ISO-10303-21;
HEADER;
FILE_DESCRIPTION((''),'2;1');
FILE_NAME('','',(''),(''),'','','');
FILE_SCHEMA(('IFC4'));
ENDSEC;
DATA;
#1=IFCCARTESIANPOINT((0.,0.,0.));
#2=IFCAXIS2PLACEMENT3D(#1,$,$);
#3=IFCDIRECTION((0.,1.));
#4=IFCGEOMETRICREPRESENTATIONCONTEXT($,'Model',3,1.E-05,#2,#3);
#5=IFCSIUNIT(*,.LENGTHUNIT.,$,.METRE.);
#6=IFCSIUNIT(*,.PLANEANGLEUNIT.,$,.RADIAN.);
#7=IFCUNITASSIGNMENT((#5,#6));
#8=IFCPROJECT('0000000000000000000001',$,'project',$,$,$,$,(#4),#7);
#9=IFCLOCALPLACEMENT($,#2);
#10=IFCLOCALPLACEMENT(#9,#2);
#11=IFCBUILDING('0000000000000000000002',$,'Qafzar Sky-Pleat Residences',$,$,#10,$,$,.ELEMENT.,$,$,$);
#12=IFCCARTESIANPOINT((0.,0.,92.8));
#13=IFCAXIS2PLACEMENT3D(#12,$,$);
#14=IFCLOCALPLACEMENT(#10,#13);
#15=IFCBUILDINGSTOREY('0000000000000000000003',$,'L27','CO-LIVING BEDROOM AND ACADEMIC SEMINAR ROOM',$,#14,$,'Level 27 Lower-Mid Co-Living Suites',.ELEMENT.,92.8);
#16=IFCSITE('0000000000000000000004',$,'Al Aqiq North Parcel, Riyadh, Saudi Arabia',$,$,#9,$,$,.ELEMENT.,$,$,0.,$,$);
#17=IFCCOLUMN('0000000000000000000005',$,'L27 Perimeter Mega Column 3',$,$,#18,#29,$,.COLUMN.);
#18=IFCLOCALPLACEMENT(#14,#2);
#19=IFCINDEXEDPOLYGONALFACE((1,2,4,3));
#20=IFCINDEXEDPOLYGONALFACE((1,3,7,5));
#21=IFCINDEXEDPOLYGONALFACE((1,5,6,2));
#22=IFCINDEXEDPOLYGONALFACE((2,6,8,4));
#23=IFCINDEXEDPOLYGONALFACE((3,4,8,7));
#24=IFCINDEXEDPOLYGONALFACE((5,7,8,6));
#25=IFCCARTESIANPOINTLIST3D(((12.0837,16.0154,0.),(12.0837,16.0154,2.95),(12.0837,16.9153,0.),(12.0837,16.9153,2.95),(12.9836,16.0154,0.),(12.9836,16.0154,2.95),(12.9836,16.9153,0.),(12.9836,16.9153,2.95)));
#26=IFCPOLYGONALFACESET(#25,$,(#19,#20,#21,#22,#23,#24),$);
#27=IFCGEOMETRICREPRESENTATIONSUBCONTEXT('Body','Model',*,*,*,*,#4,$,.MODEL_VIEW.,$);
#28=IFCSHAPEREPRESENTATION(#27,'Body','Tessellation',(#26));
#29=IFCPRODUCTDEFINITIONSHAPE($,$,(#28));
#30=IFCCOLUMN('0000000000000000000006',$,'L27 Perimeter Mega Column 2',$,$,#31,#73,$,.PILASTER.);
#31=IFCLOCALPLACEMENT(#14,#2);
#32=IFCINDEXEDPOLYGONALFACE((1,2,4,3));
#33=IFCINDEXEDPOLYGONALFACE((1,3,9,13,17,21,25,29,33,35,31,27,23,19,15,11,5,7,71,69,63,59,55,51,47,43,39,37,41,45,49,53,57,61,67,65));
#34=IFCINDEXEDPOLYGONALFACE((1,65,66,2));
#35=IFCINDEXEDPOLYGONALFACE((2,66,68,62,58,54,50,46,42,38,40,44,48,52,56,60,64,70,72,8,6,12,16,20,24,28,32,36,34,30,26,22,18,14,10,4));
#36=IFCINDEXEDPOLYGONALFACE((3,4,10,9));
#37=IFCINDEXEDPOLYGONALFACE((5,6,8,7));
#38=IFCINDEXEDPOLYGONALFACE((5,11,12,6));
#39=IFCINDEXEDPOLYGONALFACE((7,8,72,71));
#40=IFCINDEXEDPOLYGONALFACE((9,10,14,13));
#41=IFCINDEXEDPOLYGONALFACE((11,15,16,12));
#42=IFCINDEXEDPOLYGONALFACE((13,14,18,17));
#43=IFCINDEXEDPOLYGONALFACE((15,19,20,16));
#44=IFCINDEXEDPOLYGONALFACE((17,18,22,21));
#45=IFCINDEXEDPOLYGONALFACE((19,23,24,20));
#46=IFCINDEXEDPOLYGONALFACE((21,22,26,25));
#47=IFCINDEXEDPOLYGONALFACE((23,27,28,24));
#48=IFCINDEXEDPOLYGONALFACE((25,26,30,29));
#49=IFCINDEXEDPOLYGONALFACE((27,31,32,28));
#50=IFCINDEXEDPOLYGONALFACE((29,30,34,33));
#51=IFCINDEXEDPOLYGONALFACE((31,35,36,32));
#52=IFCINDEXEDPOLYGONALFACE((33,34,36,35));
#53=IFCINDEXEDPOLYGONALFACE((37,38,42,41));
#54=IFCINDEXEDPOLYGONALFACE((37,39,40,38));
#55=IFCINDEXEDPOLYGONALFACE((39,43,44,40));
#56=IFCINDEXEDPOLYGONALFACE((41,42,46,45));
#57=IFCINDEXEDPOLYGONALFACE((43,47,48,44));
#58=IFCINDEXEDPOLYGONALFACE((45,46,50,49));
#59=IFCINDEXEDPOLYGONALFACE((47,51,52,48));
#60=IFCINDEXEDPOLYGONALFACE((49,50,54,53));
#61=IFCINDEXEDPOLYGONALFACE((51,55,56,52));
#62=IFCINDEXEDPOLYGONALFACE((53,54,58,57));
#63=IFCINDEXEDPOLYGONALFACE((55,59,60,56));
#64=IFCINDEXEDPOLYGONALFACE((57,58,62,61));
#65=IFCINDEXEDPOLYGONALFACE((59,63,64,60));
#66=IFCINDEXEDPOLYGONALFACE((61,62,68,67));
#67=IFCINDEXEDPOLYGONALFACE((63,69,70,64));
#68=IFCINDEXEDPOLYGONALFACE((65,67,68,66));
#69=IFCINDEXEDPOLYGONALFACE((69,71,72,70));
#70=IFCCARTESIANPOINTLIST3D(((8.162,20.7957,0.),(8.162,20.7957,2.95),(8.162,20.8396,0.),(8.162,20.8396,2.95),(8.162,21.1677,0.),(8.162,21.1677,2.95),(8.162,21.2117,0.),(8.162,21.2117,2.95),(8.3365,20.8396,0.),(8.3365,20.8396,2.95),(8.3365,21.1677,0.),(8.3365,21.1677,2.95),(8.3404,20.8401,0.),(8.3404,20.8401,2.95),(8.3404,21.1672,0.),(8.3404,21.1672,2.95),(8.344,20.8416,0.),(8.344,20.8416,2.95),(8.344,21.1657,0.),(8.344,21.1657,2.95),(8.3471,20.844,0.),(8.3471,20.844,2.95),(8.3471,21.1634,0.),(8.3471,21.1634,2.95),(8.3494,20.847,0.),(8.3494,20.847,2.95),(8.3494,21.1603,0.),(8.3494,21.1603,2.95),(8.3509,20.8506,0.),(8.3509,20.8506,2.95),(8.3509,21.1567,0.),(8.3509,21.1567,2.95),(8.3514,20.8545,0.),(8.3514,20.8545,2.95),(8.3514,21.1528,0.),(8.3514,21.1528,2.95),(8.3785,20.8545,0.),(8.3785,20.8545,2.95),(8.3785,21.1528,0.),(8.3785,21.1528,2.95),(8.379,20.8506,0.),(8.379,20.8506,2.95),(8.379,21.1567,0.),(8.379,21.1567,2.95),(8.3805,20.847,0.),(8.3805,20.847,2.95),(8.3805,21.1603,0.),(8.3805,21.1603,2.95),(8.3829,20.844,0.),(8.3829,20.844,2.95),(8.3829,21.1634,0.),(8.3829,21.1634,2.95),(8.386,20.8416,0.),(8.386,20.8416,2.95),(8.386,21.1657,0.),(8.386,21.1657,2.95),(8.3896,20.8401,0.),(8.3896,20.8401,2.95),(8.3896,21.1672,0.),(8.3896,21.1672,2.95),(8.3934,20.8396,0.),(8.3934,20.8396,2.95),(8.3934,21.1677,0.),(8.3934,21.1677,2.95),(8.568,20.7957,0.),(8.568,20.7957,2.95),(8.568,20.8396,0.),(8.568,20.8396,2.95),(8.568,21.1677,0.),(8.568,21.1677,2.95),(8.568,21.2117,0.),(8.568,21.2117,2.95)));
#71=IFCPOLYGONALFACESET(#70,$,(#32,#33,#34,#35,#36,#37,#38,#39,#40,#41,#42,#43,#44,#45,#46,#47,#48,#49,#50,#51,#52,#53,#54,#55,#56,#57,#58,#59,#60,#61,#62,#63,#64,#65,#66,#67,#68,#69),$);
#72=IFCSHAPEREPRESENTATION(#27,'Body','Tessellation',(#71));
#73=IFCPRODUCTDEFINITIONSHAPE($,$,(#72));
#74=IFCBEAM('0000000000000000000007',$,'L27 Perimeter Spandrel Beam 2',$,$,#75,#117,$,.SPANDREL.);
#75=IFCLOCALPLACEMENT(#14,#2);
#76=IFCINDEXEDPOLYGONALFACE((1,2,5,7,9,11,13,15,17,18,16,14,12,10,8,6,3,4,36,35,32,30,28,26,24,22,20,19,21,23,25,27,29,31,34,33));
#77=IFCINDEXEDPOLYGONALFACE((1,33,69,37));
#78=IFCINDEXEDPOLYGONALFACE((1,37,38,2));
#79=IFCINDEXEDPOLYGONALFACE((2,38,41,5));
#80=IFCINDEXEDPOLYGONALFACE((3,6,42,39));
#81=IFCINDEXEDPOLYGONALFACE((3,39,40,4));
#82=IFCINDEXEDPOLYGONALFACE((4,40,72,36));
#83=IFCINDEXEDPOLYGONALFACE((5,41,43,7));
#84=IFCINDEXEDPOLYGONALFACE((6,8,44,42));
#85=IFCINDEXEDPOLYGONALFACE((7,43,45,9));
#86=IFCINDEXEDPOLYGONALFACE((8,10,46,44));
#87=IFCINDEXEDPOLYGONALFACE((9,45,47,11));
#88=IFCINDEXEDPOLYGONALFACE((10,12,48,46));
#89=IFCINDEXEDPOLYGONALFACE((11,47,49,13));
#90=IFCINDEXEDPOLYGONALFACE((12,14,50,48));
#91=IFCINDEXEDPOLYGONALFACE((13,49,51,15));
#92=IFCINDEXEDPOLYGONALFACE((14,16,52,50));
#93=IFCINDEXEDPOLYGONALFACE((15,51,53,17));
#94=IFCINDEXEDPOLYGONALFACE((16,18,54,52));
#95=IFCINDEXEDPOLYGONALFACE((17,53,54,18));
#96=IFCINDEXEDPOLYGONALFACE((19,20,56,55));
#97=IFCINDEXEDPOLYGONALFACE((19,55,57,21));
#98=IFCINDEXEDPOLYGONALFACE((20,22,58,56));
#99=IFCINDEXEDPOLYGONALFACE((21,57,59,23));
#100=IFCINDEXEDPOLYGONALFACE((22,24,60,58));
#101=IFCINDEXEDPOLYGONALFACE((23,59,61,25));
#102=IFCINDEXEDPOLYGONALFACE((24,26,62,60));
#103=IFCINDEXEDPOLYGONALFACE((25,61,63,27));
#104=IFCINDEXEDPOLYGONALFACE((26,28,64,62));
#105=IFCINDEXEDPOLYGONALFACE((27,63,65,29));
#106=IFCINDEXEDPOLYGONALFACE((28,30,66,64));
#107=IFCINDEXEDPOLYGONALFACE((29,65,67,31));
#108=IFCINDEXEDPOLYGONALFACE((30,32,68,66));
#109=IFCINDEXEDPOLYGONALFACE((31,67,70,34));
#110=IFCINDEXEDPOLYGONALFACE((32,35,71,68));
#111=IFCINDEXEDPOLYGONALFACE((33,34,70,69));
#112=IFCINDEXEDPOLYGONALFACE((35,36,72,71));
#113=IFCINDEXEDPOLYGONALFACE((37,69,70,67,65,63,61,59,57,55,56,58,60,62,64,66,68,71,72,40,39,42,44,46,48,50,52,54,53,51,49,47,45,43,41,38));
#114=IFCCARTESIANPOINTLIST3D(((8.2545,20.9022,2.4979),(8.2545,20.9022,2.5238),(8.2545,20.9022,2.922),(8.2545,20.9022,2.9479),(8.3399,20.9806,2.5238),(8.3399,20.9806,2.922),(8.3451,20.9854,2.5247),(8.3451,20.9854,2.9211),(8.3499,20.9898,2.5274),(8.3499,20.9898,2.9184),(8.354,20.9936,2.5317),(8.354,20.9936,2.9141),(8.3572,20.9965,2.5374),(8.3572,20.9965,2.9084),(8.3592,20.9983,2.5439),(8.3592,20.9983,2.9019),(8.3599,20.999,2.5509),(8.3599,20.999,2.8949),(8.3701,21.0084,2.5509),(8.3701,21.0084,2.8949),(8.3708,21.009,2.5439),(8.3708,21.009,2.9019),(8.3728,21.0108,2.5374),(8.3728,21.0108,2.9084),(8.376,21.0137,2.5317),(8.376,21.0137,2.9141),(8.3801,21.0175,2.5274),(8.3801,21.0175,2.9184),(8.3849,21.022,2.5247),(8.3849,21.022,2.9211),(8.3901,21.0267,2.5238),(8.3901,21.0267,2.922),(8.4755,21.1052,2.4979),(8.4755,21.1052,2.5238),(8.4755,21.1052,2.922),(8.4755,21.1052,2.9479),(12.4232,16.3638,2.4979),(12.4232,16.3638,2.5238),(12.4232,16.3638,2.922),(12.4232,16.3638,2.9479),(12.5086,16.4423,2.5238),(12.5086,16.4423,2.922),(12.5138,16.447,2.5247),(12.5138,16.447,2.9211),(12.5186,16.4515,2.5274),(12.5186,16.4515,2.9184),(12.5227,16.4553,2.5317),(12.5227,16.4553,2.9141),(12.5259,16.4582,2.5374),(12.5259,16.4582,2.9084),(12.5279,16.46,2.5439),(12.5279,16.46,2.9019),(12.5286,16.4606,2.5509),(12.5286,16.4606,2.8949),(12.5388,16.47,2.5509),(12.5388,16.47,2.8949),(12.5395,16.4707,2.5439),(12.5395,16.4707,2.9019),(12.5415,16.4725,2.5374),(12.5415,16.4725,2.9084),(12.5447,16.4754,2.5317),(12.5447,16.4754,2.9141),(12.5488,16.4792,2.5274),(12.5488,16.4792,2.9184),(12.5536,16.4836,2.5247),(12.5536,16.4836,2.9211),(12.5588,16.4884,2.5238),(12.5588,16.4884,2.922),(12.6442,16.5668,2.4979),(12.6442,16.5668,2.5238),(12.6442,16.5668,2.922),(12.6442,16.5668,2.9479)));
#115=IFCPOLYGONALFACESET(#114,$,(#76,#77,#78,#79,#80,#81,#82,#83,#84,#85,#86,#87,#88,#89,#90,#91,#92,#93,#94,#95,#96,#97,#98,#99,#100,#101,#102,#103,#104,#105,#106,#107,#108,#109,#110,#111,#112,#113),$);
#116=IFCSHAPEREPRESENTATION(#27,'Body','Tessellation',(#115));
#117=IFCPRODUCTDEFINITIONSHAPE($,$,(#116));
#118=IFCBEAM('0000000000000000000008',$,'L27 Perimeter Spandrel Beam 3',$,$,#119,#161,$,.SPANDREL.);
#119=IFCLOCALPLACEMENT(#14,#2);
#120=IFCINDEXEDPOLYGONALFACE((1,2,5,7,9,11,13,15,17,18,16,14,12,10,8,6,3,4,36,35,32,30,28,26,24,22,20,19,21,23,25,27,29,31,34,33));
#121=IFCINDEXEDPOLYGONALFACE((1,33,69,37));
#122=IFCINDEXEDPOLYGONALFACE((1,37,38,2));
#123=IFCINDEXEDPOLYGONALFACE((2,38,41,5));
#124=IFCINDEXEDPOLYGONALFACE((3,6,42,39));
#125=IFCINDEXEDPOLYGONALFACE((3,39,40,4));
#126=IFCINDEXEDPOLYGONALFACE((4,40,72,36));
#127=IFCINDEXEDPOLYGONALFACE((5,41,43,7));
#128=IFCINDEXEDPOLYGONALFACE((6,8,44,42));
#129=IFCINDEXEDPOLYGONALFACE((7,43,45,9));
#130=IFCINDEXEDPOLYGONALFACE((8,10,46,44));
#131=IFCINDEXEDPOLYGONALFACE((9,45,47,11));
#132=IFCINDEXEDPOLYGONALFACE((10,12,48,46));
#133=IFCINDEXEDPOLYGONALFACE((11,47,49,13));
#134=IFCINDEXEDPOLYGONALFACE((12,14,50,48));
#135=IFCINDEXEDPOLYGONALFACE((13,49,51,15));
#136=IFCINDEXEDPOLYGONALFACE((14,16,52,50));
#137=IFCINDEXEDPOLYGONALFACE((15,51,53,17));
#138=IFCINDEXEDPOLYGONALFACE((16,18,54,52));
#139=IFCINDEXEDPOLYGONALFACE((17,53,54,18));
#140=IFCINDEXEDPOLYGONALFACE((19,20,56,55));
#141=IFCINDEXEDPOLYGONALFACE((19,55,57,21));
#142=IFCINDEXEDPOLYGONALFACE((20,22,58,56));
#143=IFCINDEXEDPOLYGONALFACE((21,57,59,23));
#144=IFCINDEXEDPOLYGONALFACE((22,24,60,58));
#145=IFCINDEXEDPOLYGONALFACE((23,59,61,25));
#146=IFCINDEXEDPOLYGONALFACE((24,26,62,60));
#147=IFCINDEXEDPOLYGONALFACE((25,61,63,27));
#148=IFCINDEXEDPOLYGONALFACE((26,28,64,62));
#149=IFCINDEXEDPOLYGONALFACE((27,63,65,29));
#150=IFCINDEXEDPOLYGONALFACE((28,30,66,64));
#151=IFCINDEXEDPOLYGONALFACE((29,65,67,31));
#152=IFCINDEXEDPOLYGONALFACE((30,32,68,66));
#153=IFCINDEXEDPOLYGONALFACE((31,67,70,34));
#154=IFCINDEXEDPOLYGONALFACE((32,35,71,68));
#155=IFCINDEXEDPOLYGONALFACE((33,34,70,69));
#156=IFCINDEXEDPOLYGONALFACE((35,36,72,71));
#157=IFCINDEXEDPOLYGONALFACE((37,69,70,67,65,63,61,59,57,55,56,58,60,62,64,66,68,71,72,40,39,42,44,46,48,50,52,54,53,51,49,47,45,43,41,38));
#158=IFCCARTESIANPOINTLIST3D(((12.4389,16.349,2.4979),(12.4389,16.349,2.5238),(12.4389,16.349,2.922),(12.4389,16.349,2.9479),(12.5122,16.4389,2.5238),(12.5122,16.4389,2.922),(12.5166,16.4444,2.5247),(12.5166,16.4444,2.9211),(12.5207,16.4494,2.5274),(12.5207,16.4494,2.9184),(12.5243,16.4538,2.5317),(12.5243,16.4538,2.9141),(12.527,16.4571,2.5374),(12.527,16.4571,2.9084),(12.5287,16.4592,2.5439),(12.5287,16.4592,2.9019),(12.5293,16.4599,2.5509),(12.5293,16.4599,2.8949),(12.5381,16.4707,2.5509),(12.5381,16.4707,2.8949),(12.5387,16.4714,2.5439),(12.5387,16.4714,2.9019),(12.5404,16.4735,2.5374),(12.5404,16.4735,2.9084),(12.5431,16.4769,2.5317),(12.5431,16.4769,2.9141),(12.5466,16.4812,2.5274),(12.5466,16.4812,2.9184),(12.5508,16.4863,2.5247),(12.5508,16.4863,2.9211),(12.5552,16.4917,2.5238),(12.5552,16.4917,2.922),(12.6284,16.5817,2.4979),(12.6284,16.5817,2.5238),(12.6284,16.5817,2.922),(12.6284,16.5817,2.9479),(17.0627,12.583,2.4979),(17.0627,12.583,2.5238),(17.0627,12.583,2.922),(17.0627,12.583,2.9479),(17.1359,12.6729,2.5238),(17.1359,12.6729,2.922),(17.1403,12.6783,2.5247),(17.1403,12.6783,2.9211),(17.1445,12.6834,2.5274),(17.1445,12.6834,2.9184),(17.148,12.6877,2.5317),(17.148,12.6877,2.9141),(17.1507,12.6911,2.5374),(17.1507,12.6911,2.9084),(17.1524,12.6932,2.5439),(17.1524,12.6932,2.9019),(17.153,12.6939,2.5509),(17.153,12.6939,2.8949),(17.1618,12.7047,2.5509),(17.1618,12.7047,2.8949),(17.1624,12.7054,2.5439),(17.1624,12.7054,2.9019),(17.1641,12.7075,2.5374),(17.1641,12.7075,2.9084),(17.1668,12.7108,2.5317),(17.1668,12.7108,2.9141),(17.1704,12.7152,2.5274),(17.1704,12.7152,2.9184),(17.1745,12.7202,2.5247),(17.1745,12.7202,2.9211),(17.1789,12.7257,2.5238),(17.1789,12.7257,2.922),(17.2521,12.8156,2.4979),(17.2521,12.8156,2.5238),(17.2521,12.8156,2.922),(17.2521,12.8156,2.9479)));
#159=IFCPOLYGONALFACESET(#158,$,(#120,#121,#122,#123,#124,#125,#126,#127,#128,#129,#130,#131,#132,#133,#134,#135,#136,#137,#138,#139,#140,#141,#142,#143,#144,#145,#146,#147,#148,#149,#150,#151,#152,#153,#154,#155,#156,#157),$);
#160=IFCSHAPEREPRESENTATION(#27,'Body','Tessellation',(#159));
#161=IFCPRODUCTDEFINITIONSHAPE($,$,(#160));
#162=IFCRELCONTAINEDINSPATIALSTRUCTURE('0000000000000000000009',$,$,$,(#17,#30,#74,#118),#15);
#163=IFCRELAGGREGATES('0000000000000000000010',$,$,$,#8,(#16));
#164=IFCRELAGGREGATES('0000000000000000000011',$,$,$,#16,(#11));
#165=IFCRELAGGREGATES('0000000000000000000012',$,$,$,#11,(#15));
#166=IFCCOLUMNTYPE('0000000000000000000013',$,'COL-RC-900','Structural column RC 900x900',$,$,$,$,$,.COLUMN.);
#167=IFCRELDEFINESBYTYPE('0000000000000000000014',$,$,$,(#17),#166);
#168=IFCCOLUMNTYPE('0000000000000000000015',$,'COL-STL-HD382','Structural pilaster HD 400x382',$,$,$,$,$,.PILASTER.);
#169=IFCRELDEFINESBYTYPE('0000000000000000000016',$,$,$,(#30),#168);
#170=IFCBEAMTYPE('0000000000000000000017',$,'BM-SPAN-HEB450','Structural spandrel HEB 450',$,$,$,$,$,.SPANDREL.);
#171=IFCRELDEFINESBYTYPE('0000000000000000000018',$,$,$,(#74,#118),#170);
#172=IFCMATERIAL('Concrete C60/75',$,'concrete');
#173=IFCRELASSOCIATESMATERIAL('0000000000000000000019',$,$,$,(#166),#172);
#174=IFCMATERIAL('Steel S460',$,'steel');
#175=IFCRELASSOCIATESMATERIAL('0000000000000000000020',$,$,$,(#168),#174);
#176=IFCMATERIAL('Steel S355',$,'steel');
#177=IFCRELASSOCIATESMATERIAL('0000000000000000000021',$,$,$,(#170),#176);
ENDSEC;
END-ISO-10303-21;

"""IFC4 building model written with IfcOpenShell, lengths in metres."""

from ifc_helpers import new_model, si_unit, direction, frame, origin, origin_2d, place, context, subcontext, project, spatial, rectangle, i_section, extrude, source, transform, mapped, material, material_profile, profile_set, type_object, element, save


model = new_model("IFC4")

# Units and contexts
model_context = context("Model", 3, precision=1e-05, world=origin(), true_north=direction((0.0, 1.0)))
body_context = subcontext(model_context, "Body", "Model", "MODEL_VIEW")
ifc_project = project(units=[si_unit("LENGTHUNIT", "METRE"), si_unit("PLANEANGLEUNIT", "RADIAN")], contexts=[model_context])

# Site, building, storey
site_placement = place(None, origin())
site = spatial("IfcSite", under=ifc_project, at=site_placement, Name="Al Aqiq North Parcel, Riyadh, Saudi Arabia", CompositionType="ELEMENT", RefElevation=0.0)
building_placement = place(site_placement, origin())
building = spatial("IfcBuilding", under=site, at=building_placement, Name="Qafzar Sky-Pleat Residences", CompositionType="ELEMENT")
storey_placement = place(building_placement, frame((0.0, 0.0, 92.8)))
storey = spatial("IfcBuildingStorey", under=building, at=storey_placement, Name="L27", Description="CO-LIVING BEDROOM AND ACADEMIC SEMINAR ROOM", LongName="Level 27 Lower-Mid Co-Living Suites", CompositionType="ELEMENT", Elevation=92.8)

# Columns
ifc_material_1 = material(Name="Concrete C60/75", Category="concrete")
ifc_material_profile_1 = material_profile(ifc_material_1, rectangle(XDim=0.8999, YDim=0.8999, at=origin_2d()), Name="RC 900x900")
ifc_profile_set_1 = profile_set([ifc_material_profile_1], Name="Concrete C60/75")
column_type_1 = type_object("IfcColumnType", Name="COL-RC-900", Description="Structural column RC 900x900", PredefinedType="COLUMN", material=ifc_profile_set_1)
shared_shape_1 = source(origin(), body_context, "Body", "SweptSolid", [
    extrude(rectangle(XDim=0.8999, YDim=0.8999, at=origin_2d()), origin(), (0.0, 0.0, 1.0), 2.95),
])
column_1_placement = place(storey_placement, frame((12.5337, 16.4653, 0.0), z_axis=(0.0, 0.0, 1.0), x_axis=(1.0, 0.0, 0.0)))
element("IfcColumn", 1, at=column_1_placement, inside=storey, type_object=column_type_1, Name="L27 Perimeter Mega Column 3", PredefinedType="COLUMN", context=body_context, shape_type="MappedRepresentation", body=[
    mapped(shared_shape_1, transform((0.0, 0.0, 0.0), x_axis=(1.0, 0.0, 0.0), y_axis=(0.0, 1.0, 0.0), z_axis=(0.0, 0.0, 1.0), scale=1.0)),
])
ifc_material_2 = material(Name="Steel S460", Category="steel")
ifc_material_profile_2 = material_profile(ifc_material_2, i_section(OverallWidth=0.406, OverallDepth=0.416, WebThickness=0.0271, FlangeThickness=0.0439, FilletRadius=0.0149, at=origin_2d()), Name="HD 400x382")
ifc_profile_set_2 = profile_set([ifc_material_profile_2], Name="Steel S460")
column_type_2 = type_object("IfcColumnType", Name="COL-STL-HD382", Description="Structural pilaster HD 400x382", PredefinedType="PILASTER", material=ifc_profile_set_2)
shared_shape_2 = source(origin(), body_context, "Body", "SweptSolid", [
    extrude(i_section(OverallWidth=0.406, OverallDepth=0.416, WebThickness=0.0271, FlangeThickness=0.0439, FilletRadius=0.0149, at=origin_2d()), origin(), (0.0, 0.0, 1.0), 2.95),
])
column_2_placement = place(storey_placement, frame((8.365, 21.0037, 0.0), z_axis=(0.0, 0.0, 1.0), x_axis=(1.0, 0.0, 0.0)))
element("IfcColumn", 2, at=column_2_placement, inside=storey, type_object=column_type_2, Name="L27 Perimeter Mega Column 2", PredefinedType="PILASTER", context=body_context, shape_type="MappedRepresentation", body=[
    mapped(shared_shape_2, transform((0.0, 0.0, 0.0), x_axis=(1.0, 0.0, 0.0), y_axis=(0.0, 1.0, 0.0), z_axis=(0.0, 0.0, 1.0), scale=1.0)),
])

# Beams
ifc_material_3 = material(Name="Steel S355", Category="steel")
ifc_material_profile_3 = material_profile(ifc_material_3, i_section(OverallWidth=0.3, OverallDepth=0.45, WebThickness=0.0139, FlangeThickness=0.0259, FilletRadius=0.0271, at=origin_2d()), Name="HEB 450")
ifc_profile_set_3 = profile_set([ifc_material_profile_3], Name="Steel S355")
beam_type_1 = type_object("IfcBeamType", Name="BM-SPAN-HEB450", Description="Structural spandrel HEB 450", PredefinedType="SPANDREL", material=ifc_profile_set_3)
shared_shape_3 = source(origin(), body_context, "Body", "SweptSolid", [
    extrude(i_section(OverallWidth=0.3, OverallDepth=0.45, WebThickness=0.0139, FlangeThickness=0.0259, FilletRadius=0.0271, at=origin_2d()), origin(), (0.0, 0.0, 1.0), 6.1624),
])
beam_1_placement = place(storey_placement, frame((8.365, 21.0037, 2.7229), z_axis=(0.67648, -0.736461, 0.0), x_axis=(0.736461, 0.67648, 0.0)))
element("IfcBeam", 3, at=beam_1_placement, inside=storey, type_object=beam_type_1, Name="L27 Perimeter Spandrel Beam 2", PredefinedType="SPANDREL", context=body_context, shape_type="MappedRepresentation", body=[
    mapped(shared_shape_3, transform((0.0, 0.0, 0.0), x_axis=(1.0, 0.0, 0.0), y_axis=(0.0, 1.0, 0.0), z_axis=(0.0, 0.0, 1.0), scale=1.0)),
])
shared_shape_4 = source(origin(), body_context, "Body", "SweptSolid", [
    extrude(i_section(OverallWidth=0.3, OverallDepth=0.45, WebThickness=0.0139, FlangeThickness=0.0259, FilletRadius=0.0271, at=origin_2d()), origin(), (0.0, 0.0, 1.0), 5.9634),
])
beam_2_placement = place(storey_placement, frame((12.5337, 16.4653, 2.7229), z_axis=(0.775351, -0.631531, 0.0), x_axis=(0.631531, 0.775351, 0.0)))
element("IfcBeam", 4, at=beam_2_placement, inside=storey, type_object=beam_type_1, Name="L27 Perimeter Spandrel Beam 3", PredefinedType="SPANDREL", context=body_context, shape_type="MappedRepresentation", body=[
    mapped(shared_shape_4, transform((0.0, 0.0, 0.0), x_axis=(1.0, 0.0, 0.0), y_axis=(0.0, 1.0, 0.0), z_axis=(0.0, 0.0, 1.0), scale=1.0)),
])

save(model, "model.ifc")
